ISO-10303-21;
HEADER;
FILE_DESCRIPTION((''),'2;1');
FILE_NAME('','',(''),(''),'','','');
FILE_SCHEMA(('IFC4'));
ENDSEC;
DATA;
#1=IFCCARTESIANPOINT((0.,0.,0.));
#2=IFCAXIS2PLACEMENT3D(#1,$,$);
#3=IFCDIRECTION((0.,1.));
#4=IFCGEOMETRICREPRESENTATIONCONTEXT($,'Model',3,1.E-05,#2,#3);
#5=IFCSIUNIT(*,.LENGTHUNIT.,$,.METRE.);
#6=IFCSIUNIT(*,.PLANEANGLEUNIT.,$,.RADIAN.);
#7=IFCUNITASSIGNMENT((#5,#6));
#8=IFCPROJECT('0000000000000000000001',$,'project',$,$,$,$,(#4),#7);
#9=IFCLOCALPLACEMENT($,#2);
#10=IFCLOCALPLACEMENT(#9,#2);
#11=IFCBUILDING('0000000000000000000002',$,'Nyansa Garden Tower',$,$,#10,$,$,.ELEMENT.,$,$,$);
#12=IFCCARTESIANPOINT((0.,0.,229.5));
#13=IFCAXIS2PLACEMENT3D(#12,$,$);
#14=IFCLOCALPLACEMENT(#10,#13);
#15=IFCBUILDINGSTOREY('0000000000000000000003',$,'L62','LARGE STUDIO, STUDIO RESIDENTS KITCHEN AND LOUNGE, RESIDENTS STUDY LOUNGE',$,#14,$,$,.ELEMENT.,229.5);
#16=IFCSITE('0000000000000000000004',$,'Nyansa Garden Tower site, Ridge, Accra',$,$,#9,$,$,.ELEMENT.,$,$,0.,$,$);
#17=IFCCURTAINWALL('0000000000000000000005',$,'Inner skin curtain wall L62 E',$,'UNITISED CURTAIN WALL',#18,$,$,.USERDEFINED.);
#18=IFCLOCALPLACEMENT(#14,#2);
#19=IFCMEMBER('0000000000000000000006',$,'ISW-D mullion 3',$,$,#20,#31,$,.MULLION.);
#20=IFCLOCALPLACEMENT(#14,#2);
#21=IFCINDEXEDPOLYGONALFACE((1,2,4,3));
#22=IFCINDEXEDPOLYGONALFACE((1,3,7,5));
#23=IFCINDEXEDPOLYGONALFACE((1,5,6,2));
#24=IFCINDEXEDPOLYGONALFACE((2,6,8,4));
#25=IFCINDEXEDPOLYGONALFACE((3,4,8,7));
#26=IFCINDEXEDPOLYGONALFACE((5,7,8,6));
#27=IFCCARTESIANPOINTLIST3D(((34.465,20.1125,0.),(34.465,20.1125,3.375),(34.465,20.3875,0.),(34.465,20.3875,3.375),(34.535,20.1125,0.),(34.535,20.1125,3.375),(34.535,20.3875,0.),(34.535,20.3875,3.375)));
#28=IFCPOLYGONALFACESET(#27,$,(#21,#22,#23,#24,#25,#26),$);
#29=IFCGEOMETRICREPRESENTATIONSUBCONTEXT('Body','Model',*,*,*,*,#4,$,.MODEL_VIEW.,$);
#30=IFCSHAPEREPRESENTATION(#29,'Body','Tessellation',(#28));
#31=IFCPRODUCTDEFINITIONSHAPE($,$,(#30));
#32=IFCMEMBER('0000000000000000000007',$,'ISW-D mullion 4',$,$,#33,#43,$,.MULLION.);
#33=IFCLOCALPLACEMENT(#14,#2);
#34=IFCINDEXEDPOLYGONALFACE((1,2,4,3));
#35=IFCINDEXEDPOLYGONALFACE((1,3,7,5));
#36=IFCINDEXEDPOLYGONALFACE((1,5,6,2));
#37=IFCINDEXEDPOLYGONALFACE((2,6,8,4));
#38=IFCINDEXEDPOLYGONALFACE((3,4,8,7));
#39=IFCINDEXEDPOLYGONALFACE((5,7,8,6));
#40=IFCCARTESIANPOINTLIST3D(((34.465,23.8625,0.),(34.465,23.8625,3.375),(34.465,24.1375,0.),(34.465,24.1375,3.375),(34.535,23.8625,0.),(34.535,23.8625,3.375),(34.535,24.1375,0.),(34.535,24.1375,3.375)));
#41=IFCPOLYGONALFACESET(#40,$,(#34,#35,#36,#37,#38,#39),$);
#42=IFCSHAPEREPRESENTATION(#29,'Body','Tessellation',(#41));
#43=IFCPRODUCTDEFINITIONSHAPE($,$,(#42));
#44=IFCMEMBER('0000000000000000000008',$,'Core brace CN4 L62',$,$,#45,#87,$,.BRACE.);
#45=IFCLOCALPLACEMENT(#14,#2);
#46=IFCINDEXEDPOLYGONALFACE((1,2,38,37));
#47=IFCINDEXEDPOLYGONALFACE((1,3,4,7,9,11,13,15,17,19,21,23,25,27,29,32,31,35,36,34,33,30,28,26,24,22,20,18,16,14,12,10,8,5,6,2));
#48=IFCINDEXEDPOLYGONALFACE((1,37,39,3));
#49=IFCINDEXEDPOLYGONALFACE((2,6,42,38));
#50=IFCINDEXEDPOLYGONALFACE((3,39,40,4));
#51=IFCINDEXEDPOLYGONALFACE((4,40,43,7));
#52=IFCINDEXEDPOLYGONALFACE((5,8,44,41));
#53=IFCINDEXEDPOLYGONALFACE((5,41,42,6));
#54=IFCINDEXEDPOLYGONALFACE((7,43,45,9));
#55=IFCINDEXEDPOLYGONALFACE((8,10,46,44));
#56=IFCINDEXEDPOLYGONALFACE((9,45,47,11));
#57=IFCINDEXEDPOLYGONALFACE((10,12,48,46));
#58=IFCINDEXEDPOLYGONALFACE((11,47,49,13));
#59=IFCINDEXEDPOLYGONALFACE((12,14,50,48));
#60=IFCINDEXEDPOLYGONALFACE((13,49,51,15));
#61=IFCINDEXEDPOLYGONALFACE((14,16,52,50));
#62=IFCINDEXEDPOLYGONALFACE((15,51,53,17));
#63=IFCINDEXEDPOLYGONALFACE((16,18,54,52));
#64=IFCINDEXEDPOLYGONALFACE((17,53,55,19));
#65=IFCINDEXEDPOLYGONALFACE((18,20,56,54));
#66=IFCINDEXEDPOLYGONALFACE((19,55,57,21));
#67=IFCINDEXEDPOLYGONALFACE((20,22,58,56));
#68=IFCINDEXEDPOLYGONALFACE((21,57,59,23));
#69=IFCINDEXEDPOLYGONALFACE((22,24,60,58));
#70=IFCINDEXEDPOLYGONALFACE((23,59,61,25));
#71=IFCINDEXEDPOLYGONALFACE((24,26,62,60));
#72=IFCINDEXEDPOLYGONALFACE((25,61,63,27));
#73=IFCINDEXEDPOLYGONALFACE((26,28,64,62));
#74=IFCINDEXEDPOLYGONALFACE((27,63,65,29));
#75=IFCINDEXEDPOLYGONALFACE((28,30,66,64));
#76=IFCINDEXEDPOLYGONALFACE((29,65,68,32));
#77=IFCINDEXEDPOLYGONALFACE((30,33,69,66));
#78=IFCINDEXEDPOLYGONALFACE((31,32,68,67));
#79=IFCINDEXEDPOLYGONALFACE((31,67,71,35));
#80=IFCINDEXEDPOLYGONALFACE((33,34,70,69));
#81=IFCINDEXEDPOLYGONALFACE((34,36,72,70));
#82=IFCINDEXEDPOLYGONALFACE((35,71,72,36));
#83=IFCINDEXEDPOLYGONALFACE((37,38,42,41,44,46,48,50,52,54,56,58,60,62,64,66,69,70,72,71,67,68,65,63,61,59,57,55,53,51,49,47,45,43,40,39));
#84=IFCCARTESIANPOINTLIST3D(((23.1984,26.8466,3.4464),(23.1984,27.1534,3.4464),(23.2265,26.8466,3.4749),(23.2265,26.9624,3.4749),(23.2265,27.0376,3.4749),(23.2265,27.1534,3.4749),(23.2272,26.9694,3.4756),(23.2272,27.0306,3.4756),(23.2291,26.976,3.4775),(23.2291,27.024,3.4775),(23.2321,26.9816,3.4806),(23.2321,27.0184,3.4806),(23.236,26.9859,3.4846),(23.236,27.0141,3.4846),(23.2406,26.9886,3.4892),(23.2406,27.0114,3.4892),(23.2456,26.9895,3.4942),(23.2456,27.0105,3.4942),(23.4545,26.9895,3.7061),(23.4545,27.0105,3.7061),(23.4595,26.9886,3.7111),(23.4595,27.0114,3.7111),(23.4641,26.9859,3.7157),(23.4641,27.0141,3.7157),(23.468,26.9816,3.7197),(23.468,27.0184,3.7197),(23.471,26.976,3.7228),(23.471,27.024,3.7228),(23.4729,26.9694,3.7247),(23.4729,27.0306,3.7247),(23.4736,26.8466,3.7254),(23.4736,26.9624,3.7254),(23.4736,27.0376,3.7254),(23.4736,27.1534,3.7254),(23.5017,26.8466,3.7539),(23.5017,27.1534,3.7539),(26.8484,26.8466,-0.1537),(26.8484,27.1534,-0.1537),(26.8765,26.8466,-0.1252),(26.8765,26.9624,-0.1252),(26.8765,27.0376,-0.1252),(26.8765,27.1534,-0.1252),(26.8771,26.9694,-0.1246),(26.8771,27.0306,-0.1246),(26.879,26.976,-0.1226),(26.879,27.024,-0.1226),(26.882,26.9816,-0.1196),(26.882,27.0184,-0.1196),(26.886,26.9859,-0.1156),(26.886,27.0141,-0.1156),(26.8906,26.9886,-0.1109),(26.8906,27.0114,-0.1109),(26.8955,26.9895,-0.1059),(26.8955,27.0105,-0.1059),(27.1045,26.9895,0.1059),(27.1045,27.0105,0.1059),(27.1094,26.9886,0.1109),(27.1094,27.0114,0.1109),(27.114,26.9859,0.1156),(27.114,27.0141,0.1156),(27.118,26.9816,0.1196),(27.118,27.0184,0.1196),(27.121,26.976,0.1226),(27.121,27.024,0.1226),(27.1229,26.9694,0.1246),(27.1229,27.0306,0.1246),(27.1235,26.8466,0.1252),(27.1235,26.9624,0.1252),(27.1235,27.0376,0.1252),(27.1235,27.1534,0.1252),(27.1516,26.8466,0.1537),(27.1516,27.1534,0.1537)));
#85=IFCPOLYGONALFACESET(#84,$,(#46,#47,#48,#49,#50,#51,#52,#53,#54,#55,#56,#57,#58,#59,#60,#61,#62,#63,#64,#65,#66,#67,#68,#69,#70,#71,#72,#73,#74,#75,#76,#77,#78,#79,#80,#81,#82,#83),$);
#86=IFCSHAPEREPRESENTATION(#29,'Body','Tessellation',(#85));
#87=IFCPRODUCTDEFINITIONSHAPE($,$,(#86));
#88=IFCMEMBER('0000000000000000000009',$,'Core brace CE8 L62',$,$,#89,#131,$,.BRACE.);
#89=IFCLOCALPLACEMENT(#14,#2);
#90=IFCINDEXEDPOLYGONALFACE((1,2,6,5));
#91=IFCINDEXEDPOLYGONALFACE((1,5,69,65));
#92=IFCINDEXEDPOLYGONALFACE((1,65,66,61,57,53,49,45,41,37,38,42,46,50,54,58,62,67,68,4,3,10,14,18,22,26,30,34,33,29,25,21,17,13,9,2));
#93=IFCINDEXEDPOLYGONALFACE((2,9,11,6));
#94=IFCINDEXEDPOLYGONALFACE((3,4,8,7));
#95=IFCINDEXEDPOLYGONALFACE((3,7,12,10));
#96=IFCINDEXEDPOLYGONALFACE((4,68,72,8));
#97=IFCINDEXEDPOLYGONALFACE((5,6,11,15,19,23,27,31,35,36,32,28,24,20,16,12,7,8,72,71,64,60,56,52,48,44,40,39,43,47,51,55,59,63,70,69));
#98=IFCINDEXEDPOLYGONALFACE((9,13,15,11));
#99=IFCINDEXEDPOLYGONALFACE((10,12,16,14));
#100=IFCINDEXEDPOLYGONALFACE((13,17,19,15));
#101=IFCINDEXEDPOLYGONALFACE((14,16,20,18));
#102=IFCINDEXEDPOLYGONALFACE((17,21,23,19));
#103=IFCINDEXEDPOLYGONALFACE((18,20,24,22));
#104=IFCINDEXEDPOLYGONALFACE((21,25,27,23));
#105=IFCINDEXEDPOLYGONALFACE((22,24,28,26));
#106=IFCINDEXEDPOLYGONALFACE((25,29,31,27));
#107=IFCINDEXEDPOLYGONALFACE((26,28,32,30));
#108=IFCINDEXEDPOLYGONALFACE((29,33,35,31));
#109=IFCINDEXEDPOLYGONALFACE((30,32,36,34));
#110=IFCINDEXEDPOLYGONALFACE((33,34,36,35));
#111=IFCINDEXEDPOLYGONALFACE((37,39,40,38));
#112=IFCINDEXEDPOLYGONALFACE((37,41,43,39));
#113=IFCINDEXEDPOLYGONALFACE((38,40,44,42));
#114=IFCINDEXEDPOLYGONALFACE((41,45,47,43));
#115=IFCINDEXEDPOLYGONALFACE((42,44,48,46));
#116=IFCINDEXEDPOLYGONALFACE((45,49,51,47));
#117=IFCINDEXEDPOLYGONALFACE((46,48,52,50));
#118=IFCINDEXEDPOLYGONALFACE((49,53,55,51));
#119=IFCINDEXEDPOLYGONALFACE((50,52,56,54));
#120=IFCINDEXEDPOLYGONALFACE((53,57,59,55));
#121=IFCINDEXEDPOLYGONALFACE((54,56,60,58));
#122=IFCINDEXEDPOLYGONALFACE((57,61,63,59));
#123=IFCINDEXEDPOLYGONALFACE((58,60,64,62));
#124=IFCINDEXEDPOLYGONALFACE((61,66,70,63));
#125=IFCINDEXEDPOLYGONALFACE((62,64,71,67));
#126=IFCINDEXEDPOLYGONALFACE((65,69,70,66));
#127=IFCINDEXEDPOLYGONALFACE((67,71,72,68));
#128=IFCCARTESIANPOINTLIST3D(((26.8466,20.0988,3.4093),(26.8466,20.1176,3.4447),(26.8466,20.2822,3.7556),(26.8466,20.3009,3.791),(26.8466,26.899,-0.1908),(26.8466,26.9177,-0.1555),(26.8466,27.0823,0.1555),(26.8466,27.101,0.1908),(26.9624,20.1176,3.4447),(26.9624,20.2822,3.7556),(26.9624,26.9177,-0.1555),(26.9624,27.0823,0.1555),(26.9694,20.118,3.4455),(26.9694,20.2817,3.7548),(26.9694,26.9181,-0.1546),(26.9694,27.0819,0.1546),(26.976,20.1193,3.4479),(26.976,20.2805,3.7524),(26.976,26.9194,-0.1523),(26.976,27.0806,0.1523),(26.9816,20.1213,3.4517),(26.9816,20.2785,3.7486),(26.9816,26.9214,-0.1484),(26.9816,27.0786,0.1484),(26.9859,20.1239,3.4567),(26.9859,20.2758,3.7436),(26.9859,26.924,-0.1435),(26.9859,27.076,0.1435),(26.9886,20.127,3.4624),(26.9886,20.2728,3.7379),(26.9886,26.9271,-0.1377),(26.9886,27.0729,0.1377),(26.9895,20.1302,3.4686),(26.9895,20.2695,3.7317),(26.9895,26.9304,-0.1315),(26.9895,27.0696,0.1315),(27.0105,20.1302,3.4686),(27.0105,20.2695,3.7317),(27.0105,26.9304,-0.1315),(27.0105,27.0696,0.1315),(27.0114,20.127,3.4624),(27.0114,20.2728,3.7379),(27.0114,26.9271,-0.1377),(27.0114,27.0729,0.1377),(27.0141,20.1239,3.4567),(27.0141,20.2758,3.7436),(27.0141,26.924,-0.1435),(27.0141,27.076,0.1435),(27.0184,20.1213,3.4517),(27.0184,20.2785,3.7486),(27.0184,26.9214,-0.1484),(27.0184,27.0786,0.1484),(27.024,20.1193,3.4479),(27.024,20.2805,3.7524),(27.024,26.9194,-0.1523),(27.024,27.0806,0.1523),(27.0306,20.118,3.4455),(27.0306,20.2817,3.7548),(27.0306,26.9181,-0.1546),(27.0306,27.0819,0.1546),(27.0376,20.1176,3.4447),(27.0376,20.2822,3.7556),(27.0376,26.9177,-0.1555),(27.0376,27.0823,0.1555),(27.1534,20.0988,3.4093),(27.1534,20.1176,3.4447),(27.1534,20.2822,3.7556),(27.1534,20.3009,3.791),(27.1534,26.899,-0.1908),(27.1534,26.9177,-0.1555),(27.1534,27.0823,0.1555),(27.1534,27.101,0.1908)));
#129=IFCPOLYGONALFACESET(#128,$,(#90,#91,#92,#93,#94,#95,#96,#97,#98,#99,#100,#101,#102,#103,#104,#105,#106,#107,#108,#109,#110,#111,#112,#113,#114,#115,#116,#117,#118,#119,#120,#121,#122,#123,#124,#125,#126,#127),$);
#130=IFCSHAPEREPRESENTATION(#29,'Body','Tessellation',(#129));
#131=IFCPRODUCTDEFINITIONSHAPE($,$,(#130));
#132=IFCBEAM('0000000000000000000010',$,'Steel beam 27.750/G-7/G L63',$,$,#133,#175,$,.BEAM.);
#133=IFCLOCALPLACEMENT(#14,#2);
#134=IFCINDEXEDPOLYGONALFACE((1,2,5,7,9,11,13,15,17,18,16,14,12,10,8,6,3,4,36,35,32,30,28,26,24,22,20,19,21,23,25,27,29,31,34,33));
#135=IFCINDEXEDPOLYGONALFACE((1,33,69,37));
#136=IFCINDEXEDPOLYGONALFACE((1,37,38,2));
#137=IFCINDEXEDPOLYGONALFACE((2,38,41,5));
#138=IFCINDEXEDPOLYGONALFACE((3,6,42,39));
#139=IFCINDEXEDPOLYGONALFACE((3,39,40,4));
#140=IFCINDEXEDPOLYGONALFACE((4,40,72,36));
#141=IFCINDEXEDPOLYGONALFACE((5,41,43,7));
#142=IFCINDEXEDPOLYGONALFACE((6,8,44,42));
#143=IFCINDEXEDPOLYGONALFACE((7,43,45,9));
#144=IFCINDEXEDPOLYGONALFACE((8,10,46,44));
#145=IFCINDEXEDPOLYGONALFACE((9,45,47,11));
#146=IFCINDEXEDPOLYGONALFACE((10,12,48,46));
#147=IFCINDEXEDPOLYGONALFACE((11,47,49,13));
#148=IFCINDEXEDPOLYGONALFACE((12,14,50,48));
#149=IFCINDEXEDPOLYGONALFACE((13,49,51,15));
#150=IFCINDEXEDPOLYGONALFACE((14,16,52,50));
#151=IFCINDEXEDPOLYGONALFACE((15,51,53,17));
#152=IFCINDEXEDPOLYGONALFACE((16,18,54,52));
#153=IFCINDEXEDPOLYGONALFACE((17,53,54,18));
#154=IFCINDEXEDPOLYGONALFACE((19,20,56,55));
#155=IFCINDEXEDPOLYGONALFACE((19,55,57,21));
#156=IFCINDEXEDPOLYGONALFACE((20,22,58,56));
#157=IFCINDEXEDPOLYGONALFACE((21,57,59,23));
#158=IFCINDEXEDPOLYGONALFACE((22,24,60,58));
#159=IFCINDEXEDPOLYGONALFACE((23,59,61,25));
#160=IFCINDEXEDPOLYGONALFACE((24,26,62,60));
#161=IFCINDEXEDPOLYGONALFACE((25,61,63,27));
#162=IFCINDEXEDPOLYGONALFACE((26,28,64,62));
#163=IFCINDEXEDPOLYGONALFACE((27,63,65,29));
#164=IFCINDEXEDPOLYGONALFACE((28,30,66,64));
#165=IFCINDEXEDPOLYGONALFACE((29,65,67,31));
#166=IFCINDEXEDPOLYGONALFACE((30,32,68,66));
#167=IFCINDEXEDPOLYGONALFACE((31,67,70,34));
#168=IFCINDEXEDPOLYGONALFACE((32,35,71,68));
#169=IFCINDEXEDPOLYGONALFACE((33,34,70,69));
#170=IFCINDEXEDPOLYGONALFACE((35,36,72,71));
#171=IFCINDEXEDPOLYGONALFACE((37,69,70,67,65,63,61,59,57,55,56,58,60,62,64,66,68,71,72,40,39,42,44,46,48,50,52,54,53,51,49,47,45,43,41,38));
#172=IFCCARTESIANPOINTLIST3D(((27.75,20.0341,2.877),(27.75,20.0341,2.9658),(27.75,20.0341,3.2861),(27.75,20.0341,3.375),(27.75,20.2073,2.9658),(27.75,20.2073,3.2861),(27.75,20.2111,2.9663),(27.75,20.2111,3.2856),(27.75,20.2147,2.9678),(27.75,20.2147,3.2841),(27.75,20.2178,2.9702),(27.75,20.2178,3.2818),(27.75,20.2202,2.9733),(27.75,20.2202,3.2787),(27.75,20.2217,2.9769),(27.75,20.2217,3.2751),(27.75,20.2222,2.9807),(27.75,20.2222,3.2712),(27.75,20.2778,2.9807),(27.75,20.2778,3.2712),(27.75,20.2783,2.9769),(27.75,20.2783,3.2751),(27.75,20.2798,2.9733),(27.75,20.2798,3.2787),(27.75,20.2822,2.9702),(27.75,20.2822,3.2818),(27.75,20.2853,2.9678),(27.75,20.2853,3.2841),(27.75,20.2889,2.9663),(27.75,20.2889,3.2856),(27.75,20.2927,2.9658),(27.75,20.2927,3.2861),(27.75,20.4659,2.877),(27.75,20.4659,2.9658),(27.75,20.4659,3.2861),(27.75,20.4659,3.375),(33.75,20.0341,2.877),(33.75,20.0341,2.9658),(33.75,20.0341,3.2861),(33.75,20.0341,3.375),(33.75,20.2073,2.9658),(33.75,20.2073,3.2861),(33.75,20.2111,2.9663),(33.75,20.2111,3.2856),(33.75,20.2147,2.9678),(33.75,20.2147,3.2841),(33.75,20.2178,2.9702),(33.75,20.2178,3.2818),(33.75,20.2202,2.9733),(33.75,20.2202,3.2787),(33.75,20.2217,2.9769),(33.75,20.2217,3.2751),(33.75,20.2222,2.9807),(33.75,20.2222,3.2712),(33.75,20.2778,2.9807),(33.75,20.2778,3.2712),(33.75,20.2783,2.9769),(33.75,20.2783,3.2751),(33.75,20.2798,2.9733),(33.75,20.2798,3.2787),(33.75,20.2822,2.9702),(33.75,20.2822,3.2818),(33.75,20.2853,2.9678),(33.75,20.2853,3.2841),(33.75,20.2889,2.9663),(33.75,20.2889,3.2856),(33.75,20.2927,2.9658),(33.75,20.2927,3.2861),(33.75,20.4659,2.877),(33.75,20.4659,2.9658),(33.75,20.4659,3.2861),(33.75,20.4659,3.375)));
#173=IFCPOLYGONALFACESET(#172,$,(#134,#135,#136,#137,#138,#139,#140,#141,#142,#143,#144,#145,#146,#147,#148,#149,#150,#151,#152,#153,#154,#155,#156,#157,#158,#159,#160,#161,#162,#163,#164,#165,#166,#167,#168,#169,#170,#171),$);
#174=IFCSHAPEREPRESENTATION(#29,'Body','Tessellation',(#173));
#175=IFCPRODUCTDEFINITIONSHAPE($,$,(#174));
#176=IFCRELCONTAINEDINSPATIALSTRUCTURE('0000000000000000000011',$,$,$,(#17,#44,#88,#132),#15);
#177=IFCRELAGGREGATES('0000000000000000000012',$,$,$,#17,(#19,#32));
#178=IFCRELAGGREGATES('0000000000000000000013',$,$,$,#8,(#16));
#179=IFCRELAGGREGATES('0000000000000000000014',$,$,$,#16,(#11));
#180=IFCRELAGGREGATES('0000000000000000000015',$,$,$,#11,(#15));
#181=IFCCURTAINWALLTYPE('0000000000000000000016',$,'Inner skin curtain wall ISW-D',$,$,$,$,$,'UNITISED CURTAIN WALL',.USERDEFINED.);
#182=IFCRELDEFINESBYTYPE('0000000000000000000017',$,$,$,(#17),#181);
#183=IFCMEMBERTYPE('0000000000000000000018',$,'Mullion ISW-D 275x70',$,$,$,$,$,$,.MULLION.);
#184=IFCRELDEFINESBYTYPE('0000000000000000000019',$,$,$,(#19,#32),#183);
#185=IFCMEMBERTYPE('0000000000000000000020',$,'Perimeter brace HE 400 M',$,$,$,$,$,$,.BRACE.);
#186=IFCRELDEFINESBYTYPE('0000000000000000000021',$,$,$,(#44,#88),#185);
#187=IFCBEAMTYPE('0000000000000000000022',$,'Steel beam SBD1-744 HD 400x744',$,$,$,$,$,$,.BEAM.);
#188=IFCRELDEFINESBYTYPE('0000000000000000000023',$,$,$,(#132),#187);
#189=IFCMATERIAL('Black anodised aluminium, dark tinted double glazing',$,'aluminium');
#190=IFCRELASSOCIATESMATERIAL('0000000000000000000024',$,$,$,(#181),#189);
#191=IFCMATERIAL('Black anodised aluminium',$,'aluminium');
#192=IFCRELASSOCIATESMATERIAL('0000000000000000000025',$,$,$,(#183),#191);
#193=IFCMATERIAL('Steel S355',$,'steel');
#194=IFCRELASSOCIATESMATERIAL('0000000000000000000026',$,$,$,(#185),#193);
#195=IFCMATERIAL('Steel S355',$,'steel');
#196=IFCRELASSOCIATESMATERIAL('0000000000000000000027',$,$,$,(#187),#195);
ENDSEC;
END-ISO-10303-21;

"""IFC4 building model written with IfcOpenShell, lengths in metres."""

from ifc_helpers import new_model, si_unit, direction, frame, origin, origin_2d, place, context, subcontext, project, spatial, rectangle, i_section, extrude, material, material_profile, profile_set, type_object, element, aggregate, save


model = new_model("IFC4")

# Units and contexts
model_context = context("Model", 3, precision=1e-05, world=origin(), true_north=direction((0.0, 1.0)))
body_context = subcontext(model_context, "Body", "Model", "MODEL_VIEW")
ifc_project = project(units=[si_unit("LENGTHUNIT", "METRE"), si_unit("PLANEANGLEUNIT", "RADIAN")], contexts=[model_context])

# Site, building, storey
site_placement = place(None, origin())
site = spatial("IfcSite", under=ifc_project, at=site_placement, Name="Nyansa Garden Tower site, Ridge, Accra", CompositionType="ELEMENT", RefElevation=0.0)
building_placement = place(site_placement, origin())
building = spatial("IfcBuilding", under=site, at=building_placement, Name="Nyansa Garden Tower", CompositionType="ELEMENT")
storey_placement = place(building_placement, frame((0.0, 0.0, 229.5)))
storey = spatial("IfcBuildingStorey", under=building, at=storey_placement, Name="L62", Description="LARGE STUDIO, STUDIO RESIDENTS KITCHEN AND LOUNGE, RESIDENTS STUDY LOUNGE", CompositionType="ELEMENT", Elevation=229.5)

# Curtain wall, members
ifc_material_1 = material(Name="Black anodised aluminium, dark tinted double glazing", Category="aluminium")
curtain_wall_type = type_object("IfcCurtainWallType", Name="Inner skin curtain wall ISW-D", ElementType="UNITISED CURTAIN WALL", PredefinedType="USERDEFINED", material=ifc_material_1)
curtain_wall_placement = place(storey_placement, origin())
curtain_wall = element("IfcCurtainWall", 1, at=curtain_wall_placement, inside=storey, type_object=curtain_wall_type, Name="Inner skin curtain wall L62 E", ObjectType="UNITISED CURTAIN WALL", PredefinedType="USERDEFINED")
ifc_material_2 = material(Name="Black anodised aluminium", Category="aluminium")
ifc_material_profile_1 = material_profile(ifc_material_2, rectangle(XDim=0.0701, YDim=0.2749, at=origin_2d()), Name="Mullion 275x70")
ifc_profile_set_1 = profile_set([ifc_material_profile_1], Name="Black anodised aluminium")
member_type_1 = type_object("IfcMemberType", Name="Mullion ISW-D 275x70", PredefinedType="MULLION", material=ifc_profile_set_1)
member_1_placement = place(storey_placement, frame((34.5, 20.25, 0.0), z_axis=(0.0, 0.0, 1.0), x_axis=(-1.0, 0.0, 0.0)))
member_1 = element("IfcMember", 2, at=member_1_placement, type_object=member_type_1, Name="ISW-D mullion 3", PredefinedType="MULLION", context=body_context, shape_type="SweptSolid", body=[
    extrude(rectangle(XDim=0.0701, YDim=0.2749, at=origin_2d()), origin(), (0.0, 0.0, 1.0), 3.375),
])
member_2_placement = place(storey_placement, frame((34.5, 24.0, 0.0), z_axis=(0.0, 0.0, 1.0), x_axis=(-1.0, 0.0, 0.0)))
member_2 = element("IfcMember", 3, at=member_2_placement, type_object=member_type_1, Name="ISW-D mullion 4", PredefinedType="MULLION", context=body_context, shape_type="SweptSolid", body=[
    extrude(rectangle(XDim=0.0701, YDim=0.2749, at=origin_2d()), origin(), (0.0, 0.0, 1.0), 3.375),
])

# Members
ifc_material_3 = material(Name="Steel S355", Category="steel")
ifc_material_profile_2 = material_profile(ifc_material_3, i_section(OverallWidth=0.3069, OverallDepth=0.4319, WebThickness=0.021, FlangeThickness=0.04, FilletRadius=0.0271, at=origin_2d()), Name="HE 400 M")
ifc_profile_set_2 = profile_set([ifc_material_profile_2], Name="Steel S355")
member_type_2 = type_object("IfcMemberType", Name="Perimeter brace HE 400 M", PredefinedType="BRACE", material=ifc_profile_set_2)
member_3_placement = place(storey_placement, frame((27.0, 27.0, 0.0), z_axis=(-0.711948, 0.0, 0.702233), x_axis=(0.0, -1.0, 0.0)))
element("IfcMember", 4, at=member_3_placement, inside=storey, type_object=member_type_2, Name="Core brace CN4 L62", PredefinedType="BRACE", context=body_context, shape_type="SweptSolid", body=[
    extrude(i_section(OverallWidth=0.3069, OverallDepth=0.4319, WebThickness=0.021, FlangeThickness=0.04, FilletRadius=0.0271, at=origin_2d()), origin(), (0.0, 0.0, 1.0), 5.1267),
])
member_4_placement = place(storey_placement, frame((27.0, 27.0, 0.0), z_axis=(0.0, -0.883784, 0.467895), x_axis=(1.0, 0.0, 0.0)))
element("IfcMember", 5, at=member_4_placement, inside=storey, type_object=member_type_2, Name="Core brace CE8 L62", PredefinedType="BRACE", context=body_context, shape_type="SweptSolid", body=[
    extrude(i_section(OverallWidth=0.3069, OverallDepth=0.4319, WebThickness=0.021, FlangeThickness=0.04, FilletRadius=0.0271, at=origin_2d()), origin(), (0.0, 0.0, 1.0), 7.6943),
])

# Beam
ifc_material_4 = material(Name="Steel S355", Category="steel")
ifc_material_profile_3 = material_profile(ifc_material_4, i_section(OverallWidth=0.4319, OverallDepth=0.498, WebThickness=0.0557, FlangeThickness=0.0889, FilletRadius=0.0149, at=origin_2d()), Name="HD 400x744")
ifc_profile_set_3 = profile_set([ifc_material_profile_3], Name="Steel S355")
beam_type_1 = type_object("IfcBeamType", Name="Steel beam SBD1-744 HD 400x744", PredefinedType="BEAM", material=ifc_profile_set_3)
for number, where, z_axis, x_axis, name in (
    (6, (27.75, 20.25, 3.126), (1.0, 0.0, 0.0), (0.0, 1.0, 0.0), "Steel beam 27.750/G-7/G L63"),
):
    element("IfcBeam", number, at=place(storey_placement, frame(where, z_axis=z_axis, x_axis=x_axis)), inside=storey, type_object=beam_type_1, Name=name, PredefinedType="BEAM", context=body_context, shape_type="SweptSolid", body=[
        extrude(i_section(OverallWidth=0.4319, OverallDepth=0.498, WebThickness=0.0557, FlangeThickness=0.0889, FilletRadius=0.0149, at=origin_2d()), origin(), (0.0, 0.0, 1.0), 6.0),
    ])

aggregate(curtain_wall, [member_1, member_2])

save(model, "model.ifc")
